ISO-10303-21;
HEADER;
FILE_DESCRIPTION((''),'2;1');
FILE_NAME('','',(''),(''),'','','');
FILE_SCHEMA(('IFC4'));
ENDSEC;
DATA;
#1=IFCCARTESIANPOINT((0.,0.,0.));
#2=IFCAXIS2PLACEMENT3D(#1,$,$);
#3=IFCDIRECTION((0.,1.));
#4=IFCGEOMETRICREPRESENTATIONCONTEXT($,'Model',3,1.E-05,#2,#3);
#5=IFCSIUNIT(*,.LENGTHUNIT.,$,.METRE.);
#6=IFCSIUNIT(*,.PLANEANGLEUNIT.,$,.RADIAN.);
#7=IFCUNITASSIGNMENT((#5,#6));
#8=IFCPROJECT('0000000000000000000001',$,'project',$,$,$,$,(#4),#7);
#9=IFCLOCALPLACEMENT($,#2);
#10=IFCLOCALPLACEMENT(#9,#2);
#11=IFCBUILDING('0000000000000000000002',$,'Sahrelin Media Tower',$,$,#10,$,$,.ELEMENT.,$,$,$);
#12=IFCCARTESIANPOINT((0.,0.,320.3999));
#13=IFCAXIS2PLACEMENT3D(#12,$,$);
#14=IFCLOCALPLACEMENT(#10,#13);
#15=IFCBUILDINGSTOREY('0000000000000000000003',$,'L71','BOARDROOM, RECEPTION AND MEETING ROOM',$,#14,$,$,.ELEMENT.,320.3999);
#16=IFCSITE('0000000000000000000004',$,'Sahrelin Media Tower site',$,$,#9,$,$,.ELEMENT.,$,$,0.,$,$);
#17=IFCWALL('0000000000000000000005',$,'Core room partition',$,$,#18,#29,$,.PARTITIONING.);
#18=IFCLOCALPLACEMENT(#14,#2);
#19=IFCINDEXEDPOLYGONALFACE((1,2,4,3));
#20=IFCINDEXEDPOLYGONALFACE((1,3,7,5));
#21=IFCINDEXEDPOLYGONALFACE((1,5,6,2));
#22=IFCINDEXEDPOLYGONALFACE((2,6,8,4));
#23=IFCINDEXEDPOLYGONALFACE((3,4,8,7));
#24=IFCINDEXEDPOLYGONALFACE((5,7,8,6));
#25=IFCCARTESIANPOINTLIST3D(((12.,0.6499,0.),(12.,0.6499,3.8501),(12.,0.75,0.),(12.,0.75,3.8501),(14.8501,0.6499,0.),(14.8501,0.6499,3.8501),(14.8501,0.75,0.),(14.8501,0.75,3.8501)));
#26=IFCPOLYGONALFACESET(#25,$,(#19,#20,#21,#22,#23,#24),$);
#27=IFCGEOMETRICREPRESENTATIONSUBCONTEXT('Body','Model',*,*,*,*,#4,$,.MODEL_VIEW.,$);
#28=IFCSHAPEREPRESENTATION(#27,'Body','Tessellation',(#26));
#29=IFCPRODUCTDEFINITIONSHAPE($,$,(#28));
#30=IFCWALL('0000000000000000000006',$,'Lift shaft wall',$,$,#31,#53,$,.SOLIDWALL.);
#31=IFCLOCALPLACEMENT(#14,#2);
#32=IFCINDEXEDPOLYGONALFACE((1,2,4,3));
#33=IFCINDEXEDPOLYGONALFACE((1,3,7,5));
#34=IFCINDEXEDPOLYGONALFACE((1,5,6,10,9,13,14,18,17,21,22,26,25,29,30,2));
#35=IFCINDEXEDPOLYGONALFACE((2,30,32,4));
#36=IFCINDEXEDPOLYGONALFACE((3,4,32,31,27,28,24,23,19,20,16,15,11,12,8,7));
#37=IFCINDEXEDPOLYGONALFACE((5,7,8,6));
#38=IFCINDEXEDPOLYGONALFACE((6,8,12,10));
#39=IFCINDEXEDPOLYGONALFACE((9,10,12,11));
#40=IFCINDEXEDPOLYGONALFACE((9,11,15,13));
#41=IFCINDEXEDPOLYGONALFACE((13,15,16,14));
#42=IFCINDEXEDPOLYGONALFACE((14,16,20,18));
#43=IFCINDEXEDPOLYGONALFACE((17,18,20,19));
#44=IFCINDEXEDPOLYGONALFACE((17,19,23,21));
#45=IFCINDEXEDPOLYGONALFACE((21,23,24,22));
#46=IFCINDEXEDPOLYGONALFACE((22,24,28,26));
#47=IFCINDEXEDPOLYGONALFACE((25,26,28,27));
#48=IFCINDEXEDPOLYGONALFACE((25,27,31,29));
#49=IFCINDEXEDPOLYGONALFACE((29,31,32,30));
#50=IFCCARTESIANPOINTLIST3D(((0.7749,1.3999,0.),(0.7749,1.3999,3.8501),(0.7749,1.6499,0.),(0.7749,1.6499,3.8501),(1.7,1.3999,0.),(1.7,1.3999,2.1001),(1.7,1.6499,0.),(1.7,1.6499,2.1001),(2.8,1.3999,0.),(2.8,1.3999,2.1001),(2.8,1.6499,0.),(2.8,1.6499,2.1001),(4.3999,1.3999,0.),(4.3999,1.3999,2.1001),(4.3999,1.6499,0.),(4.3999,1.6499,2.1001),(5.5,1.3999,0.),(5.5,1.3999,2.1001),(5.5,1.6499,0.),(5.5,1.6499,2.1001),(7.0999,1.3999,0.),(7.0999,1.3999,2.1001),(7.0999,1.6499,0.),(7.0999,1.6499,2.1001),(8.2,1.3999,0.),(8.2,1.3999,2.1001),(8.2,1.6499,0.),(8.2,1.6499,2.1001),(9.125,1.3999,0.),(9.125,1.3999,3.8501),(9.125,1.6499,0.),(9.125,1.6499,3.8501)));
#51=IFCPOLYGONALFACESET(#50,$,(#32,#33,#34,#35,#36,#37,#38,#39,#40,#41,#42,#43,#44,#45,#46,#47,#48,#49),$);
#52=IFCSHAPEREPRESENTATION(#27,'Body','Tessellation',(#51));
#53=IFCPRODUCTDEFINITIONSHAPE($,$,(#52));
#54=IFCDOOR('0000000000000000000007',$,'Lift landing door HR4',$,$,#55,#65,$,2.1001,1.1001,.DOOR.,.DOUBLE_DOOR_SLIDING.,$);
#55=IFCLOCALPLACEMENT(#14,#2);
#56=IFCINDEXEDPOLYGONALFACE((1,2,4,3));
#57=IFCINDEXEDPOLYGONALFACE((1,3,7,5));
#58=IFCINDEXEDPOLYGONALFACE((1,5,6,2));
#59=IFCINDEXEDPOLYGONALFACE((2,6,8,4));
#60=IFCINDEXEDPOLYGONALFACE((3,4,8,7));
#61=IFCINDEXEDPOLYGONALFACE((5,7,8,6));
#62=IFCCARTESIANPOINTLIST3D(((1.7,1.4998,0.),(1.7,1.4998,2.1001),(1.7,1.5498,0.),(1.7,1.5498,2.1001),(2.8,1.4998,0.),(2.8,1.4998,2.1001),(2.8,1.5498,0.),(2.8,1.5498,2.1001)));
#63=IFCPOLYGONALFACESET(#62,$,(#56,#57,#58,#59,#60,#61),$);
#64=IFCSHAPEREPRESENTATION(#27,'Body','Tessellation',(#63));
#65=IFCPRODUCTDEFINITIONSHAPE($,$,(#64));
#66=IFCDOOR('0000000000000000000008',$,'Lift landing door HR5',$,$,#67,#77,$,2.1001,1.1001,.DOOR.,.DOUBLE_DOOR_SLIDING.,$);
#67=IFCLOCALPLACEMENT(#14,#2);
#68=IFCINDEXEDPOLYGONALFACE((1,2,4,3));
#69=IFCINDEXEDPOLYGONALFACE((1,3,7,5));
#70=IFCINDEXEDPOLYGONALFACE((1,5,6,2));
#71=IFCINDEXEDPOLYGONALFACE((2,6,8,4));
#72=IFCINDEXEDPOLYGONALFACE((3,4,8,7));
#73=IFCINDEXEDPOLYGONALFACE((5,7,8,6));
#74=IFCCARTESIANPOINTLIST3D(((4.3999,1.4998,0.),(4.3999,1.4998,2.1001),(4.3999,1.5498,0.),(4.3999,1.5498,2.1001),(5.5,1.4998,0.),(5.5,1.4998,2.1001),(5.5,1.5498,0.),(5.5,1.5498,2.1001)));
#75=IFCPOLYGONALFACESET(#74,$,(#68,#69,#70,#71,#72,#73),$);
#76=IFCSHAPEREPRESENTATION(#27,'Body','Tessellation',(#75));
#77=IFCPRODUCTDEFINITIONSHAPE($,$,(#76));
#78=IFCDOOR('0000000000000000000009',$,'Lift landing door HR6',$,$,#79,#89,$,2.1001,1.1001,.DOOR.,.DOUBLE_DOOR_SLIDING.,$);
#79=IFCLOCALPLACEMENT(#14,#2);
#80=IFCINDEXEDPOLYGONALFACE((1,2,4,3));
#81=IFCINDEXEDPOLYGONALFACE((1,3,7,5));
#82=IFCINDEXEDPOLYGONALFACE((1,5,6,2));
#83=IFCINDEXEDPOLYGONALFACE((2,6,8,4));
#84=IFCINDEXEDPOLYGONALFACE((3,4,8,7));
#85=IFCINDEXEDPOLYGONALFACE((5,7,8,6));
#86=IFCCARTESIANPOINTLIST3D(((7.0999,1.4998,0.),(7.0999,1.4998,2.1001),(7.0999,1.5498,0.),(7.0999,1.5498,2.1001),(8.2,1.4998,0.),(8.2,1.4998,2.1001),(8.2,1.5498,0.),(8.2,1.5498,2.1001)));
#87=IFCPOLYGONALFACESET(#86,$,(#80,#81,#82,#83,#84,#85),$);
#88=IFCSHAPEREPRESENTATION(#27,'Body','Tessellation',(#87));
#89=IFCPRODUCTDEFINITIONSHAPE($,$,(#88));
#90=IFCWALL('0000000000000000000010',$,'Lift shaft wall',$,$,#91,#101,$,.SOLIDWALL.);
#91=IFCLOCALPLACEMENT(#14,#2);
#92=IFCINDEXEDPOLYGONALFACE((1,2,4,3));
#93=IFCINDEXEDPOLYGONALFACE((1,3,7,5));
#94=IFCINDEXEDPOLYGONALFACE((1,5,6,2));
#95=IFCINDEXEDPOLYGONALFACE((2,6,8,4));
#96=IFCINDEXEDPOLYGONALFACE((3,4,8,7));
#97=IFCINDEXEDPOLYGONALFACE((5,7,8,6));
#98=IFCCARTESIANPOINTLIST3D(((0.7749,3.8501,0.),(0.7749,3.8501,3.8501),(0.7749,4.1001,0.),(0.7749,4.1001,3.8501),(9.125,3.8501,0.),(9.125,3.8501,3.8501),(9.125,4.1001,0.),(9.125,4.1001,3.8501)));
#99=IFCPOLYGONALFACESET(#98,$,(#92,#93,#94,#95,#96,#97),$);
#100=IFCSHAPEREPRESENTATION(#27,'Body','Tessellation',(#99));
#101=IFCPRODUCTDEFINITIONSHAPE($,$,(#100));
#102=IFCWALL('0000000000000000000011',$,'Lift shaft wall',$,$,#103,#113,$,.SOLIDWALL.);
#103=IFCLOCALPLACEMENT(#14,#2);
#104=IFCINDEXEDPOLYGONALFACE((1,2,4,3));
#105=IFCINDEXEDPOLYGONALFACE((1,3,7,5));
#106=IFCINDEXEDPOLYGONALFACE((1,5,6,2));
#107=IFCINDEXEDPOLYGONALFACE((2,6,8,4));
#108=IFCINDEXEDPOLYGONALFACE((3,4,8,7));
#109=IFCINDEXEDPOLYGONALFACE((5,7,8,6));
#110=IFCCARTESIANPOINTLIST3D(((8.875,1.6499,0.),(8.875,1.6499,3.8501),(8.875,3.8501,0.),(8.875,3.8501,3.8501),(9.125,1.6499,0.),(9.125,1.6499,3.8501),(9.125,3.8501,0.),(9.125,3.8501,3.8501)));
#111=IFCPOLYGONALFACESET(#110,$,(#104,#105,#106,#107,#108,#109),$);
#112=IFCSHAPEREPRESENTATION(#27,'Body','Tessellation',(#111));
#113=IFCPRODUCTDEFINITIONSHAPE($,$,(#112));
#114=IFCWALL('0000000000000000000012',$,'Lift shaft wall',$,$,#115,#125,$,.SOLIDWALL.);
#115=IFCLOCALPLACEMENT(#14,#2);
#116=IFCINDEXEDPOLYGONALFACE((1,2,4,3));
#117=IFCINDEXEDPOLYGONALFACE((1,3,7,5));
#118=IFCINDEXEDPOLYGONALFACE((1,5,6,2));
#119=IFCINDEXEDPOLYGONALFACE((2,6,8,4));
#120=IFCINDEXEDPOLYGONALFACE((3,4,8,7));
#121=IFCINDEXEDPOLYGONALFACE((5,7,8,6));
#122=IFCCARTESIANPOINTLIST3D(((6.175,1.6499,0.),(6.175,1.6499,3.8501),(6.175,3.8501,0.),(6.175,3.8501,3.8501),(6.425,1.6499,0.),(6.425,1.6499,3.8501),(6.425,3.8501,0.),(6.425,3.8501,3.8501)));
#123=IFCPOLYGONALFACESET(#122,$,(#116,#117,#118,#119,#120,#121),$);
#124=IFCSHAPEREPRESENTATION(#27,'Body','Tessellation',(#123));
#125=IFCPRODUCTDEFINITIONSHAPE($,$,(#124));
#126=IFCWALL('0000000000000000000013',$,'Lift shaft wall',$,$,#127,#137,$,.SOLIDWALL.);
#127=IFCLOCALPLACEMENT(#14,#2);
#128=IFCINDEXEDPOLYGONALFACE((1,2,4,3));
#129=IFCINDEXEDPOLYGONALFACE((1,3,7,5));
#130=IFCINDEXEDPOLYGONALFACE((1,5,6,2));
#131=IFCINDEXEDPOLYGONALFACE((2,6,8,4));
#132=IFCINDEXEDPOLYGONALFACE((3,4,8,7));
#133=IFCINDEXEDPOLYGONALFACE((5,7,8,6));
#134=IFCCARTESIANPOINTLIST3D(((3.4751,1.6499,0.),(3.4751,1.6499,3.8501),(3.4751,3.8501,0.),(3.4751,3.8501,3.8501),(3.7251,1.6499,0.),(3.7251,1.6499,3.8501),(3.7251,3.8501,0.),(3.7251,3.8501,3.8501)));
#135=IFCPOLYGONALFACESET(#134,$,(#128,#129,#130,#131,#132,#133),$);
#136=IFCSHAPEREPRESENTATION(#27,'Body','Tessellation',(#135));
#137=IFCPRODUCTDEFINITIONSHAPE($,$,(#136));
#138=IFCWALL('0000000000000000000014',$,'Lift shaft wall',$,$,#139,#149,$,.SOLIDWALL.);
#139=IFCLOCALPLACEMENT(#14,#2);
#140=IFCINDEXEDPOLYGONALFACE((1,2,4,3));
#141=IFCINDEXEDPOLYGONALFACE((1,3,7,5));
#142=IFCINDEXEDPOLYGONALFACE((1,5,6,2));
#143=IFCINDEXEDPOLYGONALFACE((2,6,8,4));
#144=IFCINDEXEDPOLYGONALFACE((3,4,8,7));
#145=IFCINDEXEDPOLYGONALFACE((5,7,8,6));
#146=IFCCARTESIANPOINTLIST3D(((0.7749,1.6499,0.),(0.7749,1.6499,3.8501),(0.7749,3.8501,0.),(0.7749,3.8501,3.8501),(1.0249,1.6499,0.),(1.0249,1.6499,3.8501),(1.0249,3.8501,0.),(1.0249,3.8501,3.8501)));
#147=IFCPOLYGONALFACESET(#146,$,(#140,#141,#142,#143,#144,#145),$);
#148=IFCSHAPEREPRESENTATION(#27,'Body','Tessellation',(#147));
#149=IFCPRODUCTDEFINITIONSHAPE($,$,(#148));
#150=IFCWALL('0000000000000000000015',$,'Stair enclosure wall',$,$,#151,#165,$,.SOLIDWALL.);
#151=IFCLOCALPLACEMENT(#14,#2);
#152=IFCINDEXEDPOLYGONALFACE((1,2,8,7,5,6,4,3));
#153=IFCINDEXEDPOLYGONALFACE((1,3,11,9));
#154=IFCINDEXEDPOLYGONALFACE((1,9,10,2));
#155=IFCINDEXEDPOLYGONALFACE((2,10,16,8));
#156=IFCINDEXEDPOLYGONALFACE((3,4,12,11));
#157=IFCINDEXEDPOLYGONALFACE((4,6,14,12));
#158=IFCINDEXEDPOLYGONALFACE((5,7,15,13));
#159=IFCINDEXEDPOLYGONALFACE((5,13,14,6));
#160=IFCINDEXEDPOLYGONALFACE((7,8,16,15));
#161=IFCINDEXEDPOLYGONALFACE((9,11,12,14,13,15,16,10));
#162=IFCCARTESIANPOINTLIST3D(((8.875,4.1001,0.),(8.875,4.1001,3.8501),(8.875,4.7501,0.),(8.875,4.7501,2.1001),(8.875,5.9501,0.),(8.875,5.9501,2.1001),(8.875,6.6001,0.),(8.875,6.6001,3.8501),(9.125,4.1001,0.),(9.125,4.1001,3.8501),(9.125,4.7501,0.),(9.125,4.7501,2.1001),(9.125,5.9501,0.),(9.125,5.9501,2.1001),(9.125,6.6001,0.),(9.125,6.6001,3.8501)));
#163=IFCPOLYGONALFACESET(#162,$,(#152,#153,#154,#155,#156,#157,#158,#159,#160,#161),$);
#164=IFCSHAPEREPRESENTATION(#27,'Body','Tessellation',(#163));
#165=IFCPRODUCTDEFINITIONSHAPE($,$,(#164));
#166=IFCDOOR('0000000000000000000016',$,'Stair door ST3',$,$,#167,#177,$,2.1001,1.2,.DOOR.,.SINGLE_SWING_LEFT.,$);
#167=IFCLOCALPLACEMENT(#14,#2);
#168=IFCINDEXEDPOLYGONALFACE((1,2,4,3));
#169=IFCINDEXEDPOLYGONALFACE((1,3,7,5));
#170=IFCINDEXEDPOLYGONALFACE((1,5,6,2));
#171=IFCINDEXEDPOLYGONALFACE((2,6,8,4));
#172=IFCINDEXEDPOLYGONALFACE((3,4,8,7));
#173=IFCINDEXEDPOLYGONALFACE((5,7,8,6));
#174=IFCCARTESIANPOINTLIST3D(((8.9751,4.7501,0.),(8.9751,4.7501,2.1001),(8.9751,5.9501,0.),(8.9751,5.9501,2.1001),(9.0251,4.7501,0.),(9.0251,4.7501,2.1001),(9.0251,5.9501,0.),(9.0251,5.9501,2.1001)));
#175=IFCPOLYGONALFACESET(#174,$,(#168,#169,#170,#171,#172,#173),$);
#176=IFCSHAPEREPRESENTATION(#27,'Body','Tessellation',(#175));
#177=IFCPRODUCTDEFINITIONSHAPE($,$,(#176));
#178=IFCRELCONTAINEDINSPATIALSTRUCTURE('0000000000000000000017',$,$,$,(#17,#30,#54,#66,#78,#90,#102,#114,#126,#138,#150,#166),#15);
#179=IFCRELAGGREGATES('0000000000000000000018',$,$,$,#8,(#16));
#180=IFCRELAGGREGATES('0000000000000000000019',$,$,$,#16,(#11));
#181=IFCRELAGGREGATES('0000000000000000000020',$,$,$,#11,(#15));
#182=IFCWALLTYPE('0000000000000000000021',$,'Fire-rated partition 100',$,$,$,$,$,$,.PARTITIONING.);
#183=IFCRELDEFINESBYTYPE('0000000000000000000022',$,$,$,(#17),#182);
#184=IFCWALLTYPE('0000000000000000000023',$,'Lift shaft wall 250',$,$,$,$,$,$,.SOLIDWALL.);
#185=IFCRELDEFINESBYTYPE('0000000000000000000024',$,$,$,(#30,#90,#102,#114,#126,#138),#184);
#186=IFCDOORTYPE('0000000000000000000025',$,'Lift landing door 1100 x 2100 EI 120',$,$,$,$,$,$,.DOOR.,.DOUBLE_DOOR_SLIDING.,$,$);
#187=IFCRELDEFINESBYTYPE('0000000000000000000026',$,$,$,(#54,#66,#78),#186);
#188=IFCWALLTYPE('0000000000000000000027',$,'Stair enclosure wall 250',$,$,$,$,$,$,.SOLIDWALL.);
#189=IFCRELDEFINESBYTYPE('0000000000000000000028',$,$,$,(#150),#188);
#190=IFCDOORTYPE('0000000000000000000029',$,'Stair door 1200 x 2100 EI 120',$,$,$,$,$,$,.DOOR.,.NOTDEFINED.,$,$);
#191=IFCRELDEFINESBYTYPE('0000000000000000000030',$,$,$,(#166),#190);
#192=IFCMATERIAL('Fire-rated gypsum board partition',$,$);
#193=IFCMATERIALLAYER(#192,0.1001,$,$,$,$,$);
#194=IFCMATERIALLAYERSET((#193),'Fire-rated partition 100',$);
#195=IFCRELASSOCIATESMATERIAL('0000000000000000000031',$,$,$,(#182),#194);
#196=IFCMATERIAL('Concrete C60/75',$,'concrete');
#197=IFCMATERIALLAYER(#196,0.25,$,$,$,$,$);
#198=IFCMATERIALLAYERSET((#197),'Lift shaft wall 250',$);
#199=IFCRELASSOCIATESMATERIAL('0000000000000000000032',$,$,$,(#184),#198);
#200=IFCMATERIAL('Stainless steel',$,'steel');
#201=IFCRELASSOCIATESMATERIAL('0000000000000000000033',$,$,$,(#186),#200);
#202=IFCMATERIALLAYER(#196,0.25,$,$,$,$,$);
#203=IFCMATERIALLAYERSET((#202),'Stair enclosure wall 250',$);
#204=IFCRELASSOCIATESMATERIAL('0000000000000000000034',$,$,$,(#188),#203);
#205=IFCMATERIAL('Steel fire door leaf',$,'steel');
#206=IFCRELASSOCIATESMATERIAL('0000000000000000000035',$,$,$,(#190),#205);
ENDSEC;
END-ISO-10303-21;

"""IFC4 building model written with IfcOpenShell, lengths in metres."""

from ifc_helpers import new_model, si_unit, direction, frame, frame_2d, origin, place, context, subcontext, project, spatial, rectangle, extrude, material, layer, layer_set, type_object, element, fill, save


model = new_model("IFC4")

# Units and contexts
model_context = context("Model", 3, precision=1e-05, world=origin(), true_north=direction((0.0, 1.0)))
body_context = subcontext(model_context, "Body", "Model", "MODEL_VIEW")
ifc_project = project(units=[si_unit("LENGTHUNIT", "METRE"), si_unit("PLANEANGLEUNIT", "RADIAN")], contexts=[model_context])

# Site, building, storey
site_placement = place(None, origin())
site = spatial("IfcSite", under=ifc_project, at=site_placement, Name="Sahrelin Media Tower site", CompositionType="ELEMENT", RefElevation=0.0)
building_placement = place(site_placement, origin())
building = spatial("IfcBuilding", under=site, at=building_placement, Name="Sahrelin Media Tower", CompositionType="ELEMENT")
storey_placement = place(building_placement, frame((0.0, 0.0, 320.3999)))
storey = spatial("IfcBuildingStorey", under=building, at=storey_placement, Name="L71", Description="BOARDROOM, RECEPTION AND MEETING ROOM", CompositionType="ELEMENT", Elevation=320.3999)

# Wall
ifc_material_1 = material(Name="Fire-rated gypsum board partition")
ifc_layer_1 = layer(ifc_material_1, 0.1001)
ifc_layer_set_1 = layer_set([ifc_layer_1], Name="Fire-rated partition 100")
wall_type_1 = type_object("IfcWallType", Name="Fire-rated partition 100", PredefinedType="PARTITIONING", material=ifc_layer_set_1)
wall_1_placement = place(storey_placement, frame((12.0, 0.7, 0.0), z_axis=(0.0, 0.0, 1.0), x_axis=(1.0, 0.0, 0.0)))
element("IfcWall", 1, at=wall_1_placement, inside=storey, type_object=wall_type_1, Name="Core room partition", PredefinedType="PARTITIONING", context=body_context, shape_type="SweptSolid", body=[
    extrude(rectangle(XDim=2.8501, YDim=0.1001, at=frame_2d((1.425, 0.0))), origin(), (0.0, 0.0, 1.0), 3.8501),
])

# Wall, openings, doors
ifc_material_2 = material(Name="Concrete C60/75", Category="concrete")
ifc_layer_2 = layer(ifc_material_2, 0.25)
ifc_layer_set_2 = layer_set([ifc_layer_2], Name="Lift shaft wall 250")
wall_type_2 = type_object("IfcWallType", Name="Lift shaft wall 250", PredefinedType="SOLIDWALL", material=ifc_layer_set_2)
wall_2_placement = place(storey_placement, frame((0.7749, 1.5249, 0.0), z_axis=(0.0, 0.0, 1.0), x_axis=(1.0, 0.0, 0.0)))
wall_2 = element("IfcWall", 2, at=wall_2_placement, inside=storey, type_object=wall_type_2, Name="Lift shaft wall", PredefinedType="SOLIDWALL", context=body_context, shape_type="SweptSolid", body=[
    extrude(rectangle(XDim=8.3501, YDim=0.25, at=frame_2d((4.175, 0.0))), origin(), (0.0, 0.0, 1.0), 3.8501),
])
opening_1_placement = place(wall_2_placement, frame((0.925, 0.0, 0.0)))
opening_1 = element("IfcOpeningElement", 3, at=opening_1_placement, cuts=wall_2, PredefinedType="OPENING", context=body_context, shape_type="SweptSolid", body=[
    extrude(rectangle(XDim=1.1001, YDim=2.1001, at=frame_2d((0.55, 1.05))), frame((0.0, 0.125, 0.0), z_axis=(0.0, -1.0, 0.0), x_axis=(1.0, 0.0, 0.0)), (0.0, 0.0, 1.0), 0.25),
])
opening_2_placement = place(wall_2_placement, frame((3.625, 0.0, 0.0)))
opening_2 = element("IfcOpeningElement", 4, at=opening_2_placement, cuts=wall_2, PredefinedType="OPENING", context=body_context, shape_type="SweptSolid", body=[
    extrude(rectangle(XDim=1.1001, YDim=2.1001, at=frame_2d((0.55, 1.05))), frame((0.0, 0.125, 0.0), z_axis=(0.0, -1.0, 0.0), x_axis=(1.0, 0.0, 0.0)), (0.0, 0.0, 1.0), 0.25),
])
opening_3_placement = place(wall_2_placement, frame((6.325, 0.0, 0.0)))
opening_3 = element("IfcOpeningElement", 5, at=opening_3_placement, cuts=wall_2, PredefinedType="OPENING", context=body_context, shape_type="SweptSolid", body=[
    extrude(rectangle(XDim=1.1001, YDim=2.1001, at=frame_2d((0.55, 1.05))), frame((0.0, 0.125, 0.0), z_axis=(0.0, -1.0, 0.0), x_axis=(1.0, 0.0, 0.0)), (0.0, 0.0, 1.0), 0.25),
])
ifc_material_3 = material(Name="Stainless steel", Category="steel")
door_type_1 = type_object("IfcDoorType", Name="Lift landing door 1100 x 2100 EI 120", OperationType="DOUBLE_DOOR_SLIDING", PredefinedType="DOOR", material=ifc_material_3)
door_1_placement = place(opening_1_placement, origin())
door_1 = element("IfcDoor", 6, at=door_1_placement, inside=storey, type_object=door_type_1, Name="Lift landing door HR4", OperationType="DOUBLE_DOOR_SLIDING", OverallHeight=2.1001, OverallWidth=1.1001, PredefinedType="DOOR", context=body_context, shape_type="SweptSolid", body=[
    extrude(rectangle(XDim=1.1001, YDim=2.1001, at=frame_2d((0.55, 1.05))), frame((0.0, 0.0249, 0.0), z_axis=(0.0, -1.0, 0.0), x_axis=(1.0, 0.0, 0.0)), (0.0, 0.0, 1.0), 0.05),
])
fill(opening_1, door_1)
door_2_placement = place(opening_2_placement, origin())
door_2 = element("IfcDoor", 7, at=door_2_placement, inside=storey, type_object=door_type_1, Name="Lift landing door HR5", OperationType="DOUBLE_DOOR_SLIDING", OverallHeight=2.1001, OverallWidth=1.1001, PredefinedType="DOOR", context=body_context, shape_type="SweptSolid", body=[
    extrude(rectangle(XDim=1.1001, YDim=2.1001, at=frame_2d((0.55, 1.05))), frame((0.0, 0.0249, 0.0), z_axis=(0.0, -1.0, 0.0), x_axis=(1.0, 0.0, 0.0)), (0.0, 0.0, 1.0), 0.05),
])
fill(opening_2, door_2)
door_3_placement = place(opening_3_placement, origin())
door_3 = element("IfcDoor", 8, at=door_3_placement, inside=storey, type_object=door_type_1, Name="Lift landing door HR6", OperationType="DOUBLE_DOOR_SLIDING", OverallHeight=2.1001, OverallWidth=1.1001, PredefinedType="DOOR", context=body_context, shape_type="SweptSolid", body=[
    extrude(rectangle(XDim=1.1001, YDim=2.1001, at=frame_2d((0.55, 1.05))), frame((0.0, 0.0249, 0.0), z_axis=(0.0, -1.0, 0.0), x_axis=(1.0, 0.0, 0.0)), (0.0, 0.0, 1.0), 0.05),
])
fill(opening_3, door_3)

# Walls
wall_3_placement = place(storey_placement, frame((0.7749, 3.9751, 0.0), z_axis=(0.0, 0.0, 1.0), x_axis=(1.0, 0.0, 0.0)))
element("IfcWall", 9, at=wall_3_placement, inside=storey, type_object=wall_type_2, Name="Lift shaft wall", PredefinedType="SOLIDWALL", context=body_context, shape_type="SweptSolid", body=[
    extrude(rectangle(XDim=8.3501, YDim=0.25, at=frame_2d((4.175, 0.0))), origin(), (0.0, 0.0, 1.0), 3.8501),
])
for number, where, z_axis, x_axis, name in (
    (10, (9.0, 1.6499, 0.0), (0.0, 0.0, 1.0), (0.0, 1.0, 0.0), "Lift shaft wall"),
    (11, (6.3, 1.6499, 0.0), (0.0, 0.0, 1.0), (0.0, 1.0, 0.0), "Lift shaft wall"),
    (12, (3.6001, 1.6499, 0.0), (0.0, 0.0, 1.0), (0.0, 1.0, 0.0), "Lift shaft wall"),
    (13, (0.8999, 1.6499, 0.0), (0.0, 0.0, 1.0), (0.0, 1.0, 0.0), "Lift shaft wall"),
):
    element("IfcWall", number, at=place(storey_placement, frame(where, z_axis=z_axis, x_axis=x_axis)), inside=storey, type_object=wall_type_2, Name=name, PredefinedType="SOLIDWALL", context=body_context, shape_type="SweptSolid", body=[
        extrude(rectangle(XDim=2.2002, YDim=0.25, at=frame_2d((1.1001, 0.0))), origin(), (0.0, 0.0, 1.0), 3.8501),
    ])

# Wall, opening, door
ifc_layer_3 = layer(ifc_material_2, 0.25)
ifc_layer_set_3 = layer_set([ifc_layer_3], Name="Stair enclosure wall 250")
wall_type_3 = type_object("IfcWallType", Name="Stair enclosure wall 250", PredefinedType="SOLIDWALL", material=ifc_layer_set_3)
wall_4_placement = place(storey_placement, frame((9.0, 4.1001, 0.0), z_axis=(0.0, 0.0, 1.0), x_axis=(0.0, 1.0, 0.0)))
wall_4 = element("IfcWall", 14, at=wall_4_placement, inside=storey, type_object=wall_type_3, Name="Stair enclosure wall", PredefinedType="SOLIDWALL", context=body_context, shape_type="SweptSolid", body=[
    extrude(rectangle(XDim=2.5, YDim=0.25, at=frame_2d((1.25, 0.0))), origin(), (0.0, 0.0, 1.0), 3.8501),
])
opening_4_placement = place(wall_4_placement, frame((0.6499, 0.0, 0.0)))
opening_4 = element("IfcOpeningElement", 15, at=opening_4_placement, cuts=wall_4, PredefinedType="OPENING", context=body_context, shape_type="SweptSolid", body=[
    extrude(rectangle(XDim=1.2, YDim=2.1001, at=frame_2d((0.6001, 1.05))), frame((0.0, 0.125, 0.0), z_axis=(0.0, -1.0, 0.0), x_axis=(1.0, 0.0, 0.0)), (0.0, 0.0, 1.0), 0.25),
])
ifc_material_4 = material(Name="Steel fire door leaf", Category="steel")
door_type_2 = type_object("IfcDoorType", Name="Stair door 1200 x 2100 EI 120", OperationType="NOTDEFINED", PredefinedType="DOOR", material=ifc_material_4)
door_4_placement = place(opening_4_placement, origin())
door_4 = element("IfcDoor", 16, at=door_4_placement, inside=storey, type_object=door_type_2, Name="Stair door ST3", OperationType="SINGLE_SWING_LEFT", OverallHeight=2.1001, OverallWidth=1.2, PredefinedType="DOOR", context=body_context, shape_type="SweptSolid", body=[
    extrude(rectangle(XDim=1.2, YDim=2.1001, at=frame_2d((0.6001, 1.05))), frame((0.0, 0.0249, 0.0), z_axis=(0.0, -1.0, 0.0), x_axis=(1.0, 0.0, 0.0)), (0.0, 0.0, 1.0), 0.05),
])
fill(opening_4, door_4)

save(model, "model.ifc")
